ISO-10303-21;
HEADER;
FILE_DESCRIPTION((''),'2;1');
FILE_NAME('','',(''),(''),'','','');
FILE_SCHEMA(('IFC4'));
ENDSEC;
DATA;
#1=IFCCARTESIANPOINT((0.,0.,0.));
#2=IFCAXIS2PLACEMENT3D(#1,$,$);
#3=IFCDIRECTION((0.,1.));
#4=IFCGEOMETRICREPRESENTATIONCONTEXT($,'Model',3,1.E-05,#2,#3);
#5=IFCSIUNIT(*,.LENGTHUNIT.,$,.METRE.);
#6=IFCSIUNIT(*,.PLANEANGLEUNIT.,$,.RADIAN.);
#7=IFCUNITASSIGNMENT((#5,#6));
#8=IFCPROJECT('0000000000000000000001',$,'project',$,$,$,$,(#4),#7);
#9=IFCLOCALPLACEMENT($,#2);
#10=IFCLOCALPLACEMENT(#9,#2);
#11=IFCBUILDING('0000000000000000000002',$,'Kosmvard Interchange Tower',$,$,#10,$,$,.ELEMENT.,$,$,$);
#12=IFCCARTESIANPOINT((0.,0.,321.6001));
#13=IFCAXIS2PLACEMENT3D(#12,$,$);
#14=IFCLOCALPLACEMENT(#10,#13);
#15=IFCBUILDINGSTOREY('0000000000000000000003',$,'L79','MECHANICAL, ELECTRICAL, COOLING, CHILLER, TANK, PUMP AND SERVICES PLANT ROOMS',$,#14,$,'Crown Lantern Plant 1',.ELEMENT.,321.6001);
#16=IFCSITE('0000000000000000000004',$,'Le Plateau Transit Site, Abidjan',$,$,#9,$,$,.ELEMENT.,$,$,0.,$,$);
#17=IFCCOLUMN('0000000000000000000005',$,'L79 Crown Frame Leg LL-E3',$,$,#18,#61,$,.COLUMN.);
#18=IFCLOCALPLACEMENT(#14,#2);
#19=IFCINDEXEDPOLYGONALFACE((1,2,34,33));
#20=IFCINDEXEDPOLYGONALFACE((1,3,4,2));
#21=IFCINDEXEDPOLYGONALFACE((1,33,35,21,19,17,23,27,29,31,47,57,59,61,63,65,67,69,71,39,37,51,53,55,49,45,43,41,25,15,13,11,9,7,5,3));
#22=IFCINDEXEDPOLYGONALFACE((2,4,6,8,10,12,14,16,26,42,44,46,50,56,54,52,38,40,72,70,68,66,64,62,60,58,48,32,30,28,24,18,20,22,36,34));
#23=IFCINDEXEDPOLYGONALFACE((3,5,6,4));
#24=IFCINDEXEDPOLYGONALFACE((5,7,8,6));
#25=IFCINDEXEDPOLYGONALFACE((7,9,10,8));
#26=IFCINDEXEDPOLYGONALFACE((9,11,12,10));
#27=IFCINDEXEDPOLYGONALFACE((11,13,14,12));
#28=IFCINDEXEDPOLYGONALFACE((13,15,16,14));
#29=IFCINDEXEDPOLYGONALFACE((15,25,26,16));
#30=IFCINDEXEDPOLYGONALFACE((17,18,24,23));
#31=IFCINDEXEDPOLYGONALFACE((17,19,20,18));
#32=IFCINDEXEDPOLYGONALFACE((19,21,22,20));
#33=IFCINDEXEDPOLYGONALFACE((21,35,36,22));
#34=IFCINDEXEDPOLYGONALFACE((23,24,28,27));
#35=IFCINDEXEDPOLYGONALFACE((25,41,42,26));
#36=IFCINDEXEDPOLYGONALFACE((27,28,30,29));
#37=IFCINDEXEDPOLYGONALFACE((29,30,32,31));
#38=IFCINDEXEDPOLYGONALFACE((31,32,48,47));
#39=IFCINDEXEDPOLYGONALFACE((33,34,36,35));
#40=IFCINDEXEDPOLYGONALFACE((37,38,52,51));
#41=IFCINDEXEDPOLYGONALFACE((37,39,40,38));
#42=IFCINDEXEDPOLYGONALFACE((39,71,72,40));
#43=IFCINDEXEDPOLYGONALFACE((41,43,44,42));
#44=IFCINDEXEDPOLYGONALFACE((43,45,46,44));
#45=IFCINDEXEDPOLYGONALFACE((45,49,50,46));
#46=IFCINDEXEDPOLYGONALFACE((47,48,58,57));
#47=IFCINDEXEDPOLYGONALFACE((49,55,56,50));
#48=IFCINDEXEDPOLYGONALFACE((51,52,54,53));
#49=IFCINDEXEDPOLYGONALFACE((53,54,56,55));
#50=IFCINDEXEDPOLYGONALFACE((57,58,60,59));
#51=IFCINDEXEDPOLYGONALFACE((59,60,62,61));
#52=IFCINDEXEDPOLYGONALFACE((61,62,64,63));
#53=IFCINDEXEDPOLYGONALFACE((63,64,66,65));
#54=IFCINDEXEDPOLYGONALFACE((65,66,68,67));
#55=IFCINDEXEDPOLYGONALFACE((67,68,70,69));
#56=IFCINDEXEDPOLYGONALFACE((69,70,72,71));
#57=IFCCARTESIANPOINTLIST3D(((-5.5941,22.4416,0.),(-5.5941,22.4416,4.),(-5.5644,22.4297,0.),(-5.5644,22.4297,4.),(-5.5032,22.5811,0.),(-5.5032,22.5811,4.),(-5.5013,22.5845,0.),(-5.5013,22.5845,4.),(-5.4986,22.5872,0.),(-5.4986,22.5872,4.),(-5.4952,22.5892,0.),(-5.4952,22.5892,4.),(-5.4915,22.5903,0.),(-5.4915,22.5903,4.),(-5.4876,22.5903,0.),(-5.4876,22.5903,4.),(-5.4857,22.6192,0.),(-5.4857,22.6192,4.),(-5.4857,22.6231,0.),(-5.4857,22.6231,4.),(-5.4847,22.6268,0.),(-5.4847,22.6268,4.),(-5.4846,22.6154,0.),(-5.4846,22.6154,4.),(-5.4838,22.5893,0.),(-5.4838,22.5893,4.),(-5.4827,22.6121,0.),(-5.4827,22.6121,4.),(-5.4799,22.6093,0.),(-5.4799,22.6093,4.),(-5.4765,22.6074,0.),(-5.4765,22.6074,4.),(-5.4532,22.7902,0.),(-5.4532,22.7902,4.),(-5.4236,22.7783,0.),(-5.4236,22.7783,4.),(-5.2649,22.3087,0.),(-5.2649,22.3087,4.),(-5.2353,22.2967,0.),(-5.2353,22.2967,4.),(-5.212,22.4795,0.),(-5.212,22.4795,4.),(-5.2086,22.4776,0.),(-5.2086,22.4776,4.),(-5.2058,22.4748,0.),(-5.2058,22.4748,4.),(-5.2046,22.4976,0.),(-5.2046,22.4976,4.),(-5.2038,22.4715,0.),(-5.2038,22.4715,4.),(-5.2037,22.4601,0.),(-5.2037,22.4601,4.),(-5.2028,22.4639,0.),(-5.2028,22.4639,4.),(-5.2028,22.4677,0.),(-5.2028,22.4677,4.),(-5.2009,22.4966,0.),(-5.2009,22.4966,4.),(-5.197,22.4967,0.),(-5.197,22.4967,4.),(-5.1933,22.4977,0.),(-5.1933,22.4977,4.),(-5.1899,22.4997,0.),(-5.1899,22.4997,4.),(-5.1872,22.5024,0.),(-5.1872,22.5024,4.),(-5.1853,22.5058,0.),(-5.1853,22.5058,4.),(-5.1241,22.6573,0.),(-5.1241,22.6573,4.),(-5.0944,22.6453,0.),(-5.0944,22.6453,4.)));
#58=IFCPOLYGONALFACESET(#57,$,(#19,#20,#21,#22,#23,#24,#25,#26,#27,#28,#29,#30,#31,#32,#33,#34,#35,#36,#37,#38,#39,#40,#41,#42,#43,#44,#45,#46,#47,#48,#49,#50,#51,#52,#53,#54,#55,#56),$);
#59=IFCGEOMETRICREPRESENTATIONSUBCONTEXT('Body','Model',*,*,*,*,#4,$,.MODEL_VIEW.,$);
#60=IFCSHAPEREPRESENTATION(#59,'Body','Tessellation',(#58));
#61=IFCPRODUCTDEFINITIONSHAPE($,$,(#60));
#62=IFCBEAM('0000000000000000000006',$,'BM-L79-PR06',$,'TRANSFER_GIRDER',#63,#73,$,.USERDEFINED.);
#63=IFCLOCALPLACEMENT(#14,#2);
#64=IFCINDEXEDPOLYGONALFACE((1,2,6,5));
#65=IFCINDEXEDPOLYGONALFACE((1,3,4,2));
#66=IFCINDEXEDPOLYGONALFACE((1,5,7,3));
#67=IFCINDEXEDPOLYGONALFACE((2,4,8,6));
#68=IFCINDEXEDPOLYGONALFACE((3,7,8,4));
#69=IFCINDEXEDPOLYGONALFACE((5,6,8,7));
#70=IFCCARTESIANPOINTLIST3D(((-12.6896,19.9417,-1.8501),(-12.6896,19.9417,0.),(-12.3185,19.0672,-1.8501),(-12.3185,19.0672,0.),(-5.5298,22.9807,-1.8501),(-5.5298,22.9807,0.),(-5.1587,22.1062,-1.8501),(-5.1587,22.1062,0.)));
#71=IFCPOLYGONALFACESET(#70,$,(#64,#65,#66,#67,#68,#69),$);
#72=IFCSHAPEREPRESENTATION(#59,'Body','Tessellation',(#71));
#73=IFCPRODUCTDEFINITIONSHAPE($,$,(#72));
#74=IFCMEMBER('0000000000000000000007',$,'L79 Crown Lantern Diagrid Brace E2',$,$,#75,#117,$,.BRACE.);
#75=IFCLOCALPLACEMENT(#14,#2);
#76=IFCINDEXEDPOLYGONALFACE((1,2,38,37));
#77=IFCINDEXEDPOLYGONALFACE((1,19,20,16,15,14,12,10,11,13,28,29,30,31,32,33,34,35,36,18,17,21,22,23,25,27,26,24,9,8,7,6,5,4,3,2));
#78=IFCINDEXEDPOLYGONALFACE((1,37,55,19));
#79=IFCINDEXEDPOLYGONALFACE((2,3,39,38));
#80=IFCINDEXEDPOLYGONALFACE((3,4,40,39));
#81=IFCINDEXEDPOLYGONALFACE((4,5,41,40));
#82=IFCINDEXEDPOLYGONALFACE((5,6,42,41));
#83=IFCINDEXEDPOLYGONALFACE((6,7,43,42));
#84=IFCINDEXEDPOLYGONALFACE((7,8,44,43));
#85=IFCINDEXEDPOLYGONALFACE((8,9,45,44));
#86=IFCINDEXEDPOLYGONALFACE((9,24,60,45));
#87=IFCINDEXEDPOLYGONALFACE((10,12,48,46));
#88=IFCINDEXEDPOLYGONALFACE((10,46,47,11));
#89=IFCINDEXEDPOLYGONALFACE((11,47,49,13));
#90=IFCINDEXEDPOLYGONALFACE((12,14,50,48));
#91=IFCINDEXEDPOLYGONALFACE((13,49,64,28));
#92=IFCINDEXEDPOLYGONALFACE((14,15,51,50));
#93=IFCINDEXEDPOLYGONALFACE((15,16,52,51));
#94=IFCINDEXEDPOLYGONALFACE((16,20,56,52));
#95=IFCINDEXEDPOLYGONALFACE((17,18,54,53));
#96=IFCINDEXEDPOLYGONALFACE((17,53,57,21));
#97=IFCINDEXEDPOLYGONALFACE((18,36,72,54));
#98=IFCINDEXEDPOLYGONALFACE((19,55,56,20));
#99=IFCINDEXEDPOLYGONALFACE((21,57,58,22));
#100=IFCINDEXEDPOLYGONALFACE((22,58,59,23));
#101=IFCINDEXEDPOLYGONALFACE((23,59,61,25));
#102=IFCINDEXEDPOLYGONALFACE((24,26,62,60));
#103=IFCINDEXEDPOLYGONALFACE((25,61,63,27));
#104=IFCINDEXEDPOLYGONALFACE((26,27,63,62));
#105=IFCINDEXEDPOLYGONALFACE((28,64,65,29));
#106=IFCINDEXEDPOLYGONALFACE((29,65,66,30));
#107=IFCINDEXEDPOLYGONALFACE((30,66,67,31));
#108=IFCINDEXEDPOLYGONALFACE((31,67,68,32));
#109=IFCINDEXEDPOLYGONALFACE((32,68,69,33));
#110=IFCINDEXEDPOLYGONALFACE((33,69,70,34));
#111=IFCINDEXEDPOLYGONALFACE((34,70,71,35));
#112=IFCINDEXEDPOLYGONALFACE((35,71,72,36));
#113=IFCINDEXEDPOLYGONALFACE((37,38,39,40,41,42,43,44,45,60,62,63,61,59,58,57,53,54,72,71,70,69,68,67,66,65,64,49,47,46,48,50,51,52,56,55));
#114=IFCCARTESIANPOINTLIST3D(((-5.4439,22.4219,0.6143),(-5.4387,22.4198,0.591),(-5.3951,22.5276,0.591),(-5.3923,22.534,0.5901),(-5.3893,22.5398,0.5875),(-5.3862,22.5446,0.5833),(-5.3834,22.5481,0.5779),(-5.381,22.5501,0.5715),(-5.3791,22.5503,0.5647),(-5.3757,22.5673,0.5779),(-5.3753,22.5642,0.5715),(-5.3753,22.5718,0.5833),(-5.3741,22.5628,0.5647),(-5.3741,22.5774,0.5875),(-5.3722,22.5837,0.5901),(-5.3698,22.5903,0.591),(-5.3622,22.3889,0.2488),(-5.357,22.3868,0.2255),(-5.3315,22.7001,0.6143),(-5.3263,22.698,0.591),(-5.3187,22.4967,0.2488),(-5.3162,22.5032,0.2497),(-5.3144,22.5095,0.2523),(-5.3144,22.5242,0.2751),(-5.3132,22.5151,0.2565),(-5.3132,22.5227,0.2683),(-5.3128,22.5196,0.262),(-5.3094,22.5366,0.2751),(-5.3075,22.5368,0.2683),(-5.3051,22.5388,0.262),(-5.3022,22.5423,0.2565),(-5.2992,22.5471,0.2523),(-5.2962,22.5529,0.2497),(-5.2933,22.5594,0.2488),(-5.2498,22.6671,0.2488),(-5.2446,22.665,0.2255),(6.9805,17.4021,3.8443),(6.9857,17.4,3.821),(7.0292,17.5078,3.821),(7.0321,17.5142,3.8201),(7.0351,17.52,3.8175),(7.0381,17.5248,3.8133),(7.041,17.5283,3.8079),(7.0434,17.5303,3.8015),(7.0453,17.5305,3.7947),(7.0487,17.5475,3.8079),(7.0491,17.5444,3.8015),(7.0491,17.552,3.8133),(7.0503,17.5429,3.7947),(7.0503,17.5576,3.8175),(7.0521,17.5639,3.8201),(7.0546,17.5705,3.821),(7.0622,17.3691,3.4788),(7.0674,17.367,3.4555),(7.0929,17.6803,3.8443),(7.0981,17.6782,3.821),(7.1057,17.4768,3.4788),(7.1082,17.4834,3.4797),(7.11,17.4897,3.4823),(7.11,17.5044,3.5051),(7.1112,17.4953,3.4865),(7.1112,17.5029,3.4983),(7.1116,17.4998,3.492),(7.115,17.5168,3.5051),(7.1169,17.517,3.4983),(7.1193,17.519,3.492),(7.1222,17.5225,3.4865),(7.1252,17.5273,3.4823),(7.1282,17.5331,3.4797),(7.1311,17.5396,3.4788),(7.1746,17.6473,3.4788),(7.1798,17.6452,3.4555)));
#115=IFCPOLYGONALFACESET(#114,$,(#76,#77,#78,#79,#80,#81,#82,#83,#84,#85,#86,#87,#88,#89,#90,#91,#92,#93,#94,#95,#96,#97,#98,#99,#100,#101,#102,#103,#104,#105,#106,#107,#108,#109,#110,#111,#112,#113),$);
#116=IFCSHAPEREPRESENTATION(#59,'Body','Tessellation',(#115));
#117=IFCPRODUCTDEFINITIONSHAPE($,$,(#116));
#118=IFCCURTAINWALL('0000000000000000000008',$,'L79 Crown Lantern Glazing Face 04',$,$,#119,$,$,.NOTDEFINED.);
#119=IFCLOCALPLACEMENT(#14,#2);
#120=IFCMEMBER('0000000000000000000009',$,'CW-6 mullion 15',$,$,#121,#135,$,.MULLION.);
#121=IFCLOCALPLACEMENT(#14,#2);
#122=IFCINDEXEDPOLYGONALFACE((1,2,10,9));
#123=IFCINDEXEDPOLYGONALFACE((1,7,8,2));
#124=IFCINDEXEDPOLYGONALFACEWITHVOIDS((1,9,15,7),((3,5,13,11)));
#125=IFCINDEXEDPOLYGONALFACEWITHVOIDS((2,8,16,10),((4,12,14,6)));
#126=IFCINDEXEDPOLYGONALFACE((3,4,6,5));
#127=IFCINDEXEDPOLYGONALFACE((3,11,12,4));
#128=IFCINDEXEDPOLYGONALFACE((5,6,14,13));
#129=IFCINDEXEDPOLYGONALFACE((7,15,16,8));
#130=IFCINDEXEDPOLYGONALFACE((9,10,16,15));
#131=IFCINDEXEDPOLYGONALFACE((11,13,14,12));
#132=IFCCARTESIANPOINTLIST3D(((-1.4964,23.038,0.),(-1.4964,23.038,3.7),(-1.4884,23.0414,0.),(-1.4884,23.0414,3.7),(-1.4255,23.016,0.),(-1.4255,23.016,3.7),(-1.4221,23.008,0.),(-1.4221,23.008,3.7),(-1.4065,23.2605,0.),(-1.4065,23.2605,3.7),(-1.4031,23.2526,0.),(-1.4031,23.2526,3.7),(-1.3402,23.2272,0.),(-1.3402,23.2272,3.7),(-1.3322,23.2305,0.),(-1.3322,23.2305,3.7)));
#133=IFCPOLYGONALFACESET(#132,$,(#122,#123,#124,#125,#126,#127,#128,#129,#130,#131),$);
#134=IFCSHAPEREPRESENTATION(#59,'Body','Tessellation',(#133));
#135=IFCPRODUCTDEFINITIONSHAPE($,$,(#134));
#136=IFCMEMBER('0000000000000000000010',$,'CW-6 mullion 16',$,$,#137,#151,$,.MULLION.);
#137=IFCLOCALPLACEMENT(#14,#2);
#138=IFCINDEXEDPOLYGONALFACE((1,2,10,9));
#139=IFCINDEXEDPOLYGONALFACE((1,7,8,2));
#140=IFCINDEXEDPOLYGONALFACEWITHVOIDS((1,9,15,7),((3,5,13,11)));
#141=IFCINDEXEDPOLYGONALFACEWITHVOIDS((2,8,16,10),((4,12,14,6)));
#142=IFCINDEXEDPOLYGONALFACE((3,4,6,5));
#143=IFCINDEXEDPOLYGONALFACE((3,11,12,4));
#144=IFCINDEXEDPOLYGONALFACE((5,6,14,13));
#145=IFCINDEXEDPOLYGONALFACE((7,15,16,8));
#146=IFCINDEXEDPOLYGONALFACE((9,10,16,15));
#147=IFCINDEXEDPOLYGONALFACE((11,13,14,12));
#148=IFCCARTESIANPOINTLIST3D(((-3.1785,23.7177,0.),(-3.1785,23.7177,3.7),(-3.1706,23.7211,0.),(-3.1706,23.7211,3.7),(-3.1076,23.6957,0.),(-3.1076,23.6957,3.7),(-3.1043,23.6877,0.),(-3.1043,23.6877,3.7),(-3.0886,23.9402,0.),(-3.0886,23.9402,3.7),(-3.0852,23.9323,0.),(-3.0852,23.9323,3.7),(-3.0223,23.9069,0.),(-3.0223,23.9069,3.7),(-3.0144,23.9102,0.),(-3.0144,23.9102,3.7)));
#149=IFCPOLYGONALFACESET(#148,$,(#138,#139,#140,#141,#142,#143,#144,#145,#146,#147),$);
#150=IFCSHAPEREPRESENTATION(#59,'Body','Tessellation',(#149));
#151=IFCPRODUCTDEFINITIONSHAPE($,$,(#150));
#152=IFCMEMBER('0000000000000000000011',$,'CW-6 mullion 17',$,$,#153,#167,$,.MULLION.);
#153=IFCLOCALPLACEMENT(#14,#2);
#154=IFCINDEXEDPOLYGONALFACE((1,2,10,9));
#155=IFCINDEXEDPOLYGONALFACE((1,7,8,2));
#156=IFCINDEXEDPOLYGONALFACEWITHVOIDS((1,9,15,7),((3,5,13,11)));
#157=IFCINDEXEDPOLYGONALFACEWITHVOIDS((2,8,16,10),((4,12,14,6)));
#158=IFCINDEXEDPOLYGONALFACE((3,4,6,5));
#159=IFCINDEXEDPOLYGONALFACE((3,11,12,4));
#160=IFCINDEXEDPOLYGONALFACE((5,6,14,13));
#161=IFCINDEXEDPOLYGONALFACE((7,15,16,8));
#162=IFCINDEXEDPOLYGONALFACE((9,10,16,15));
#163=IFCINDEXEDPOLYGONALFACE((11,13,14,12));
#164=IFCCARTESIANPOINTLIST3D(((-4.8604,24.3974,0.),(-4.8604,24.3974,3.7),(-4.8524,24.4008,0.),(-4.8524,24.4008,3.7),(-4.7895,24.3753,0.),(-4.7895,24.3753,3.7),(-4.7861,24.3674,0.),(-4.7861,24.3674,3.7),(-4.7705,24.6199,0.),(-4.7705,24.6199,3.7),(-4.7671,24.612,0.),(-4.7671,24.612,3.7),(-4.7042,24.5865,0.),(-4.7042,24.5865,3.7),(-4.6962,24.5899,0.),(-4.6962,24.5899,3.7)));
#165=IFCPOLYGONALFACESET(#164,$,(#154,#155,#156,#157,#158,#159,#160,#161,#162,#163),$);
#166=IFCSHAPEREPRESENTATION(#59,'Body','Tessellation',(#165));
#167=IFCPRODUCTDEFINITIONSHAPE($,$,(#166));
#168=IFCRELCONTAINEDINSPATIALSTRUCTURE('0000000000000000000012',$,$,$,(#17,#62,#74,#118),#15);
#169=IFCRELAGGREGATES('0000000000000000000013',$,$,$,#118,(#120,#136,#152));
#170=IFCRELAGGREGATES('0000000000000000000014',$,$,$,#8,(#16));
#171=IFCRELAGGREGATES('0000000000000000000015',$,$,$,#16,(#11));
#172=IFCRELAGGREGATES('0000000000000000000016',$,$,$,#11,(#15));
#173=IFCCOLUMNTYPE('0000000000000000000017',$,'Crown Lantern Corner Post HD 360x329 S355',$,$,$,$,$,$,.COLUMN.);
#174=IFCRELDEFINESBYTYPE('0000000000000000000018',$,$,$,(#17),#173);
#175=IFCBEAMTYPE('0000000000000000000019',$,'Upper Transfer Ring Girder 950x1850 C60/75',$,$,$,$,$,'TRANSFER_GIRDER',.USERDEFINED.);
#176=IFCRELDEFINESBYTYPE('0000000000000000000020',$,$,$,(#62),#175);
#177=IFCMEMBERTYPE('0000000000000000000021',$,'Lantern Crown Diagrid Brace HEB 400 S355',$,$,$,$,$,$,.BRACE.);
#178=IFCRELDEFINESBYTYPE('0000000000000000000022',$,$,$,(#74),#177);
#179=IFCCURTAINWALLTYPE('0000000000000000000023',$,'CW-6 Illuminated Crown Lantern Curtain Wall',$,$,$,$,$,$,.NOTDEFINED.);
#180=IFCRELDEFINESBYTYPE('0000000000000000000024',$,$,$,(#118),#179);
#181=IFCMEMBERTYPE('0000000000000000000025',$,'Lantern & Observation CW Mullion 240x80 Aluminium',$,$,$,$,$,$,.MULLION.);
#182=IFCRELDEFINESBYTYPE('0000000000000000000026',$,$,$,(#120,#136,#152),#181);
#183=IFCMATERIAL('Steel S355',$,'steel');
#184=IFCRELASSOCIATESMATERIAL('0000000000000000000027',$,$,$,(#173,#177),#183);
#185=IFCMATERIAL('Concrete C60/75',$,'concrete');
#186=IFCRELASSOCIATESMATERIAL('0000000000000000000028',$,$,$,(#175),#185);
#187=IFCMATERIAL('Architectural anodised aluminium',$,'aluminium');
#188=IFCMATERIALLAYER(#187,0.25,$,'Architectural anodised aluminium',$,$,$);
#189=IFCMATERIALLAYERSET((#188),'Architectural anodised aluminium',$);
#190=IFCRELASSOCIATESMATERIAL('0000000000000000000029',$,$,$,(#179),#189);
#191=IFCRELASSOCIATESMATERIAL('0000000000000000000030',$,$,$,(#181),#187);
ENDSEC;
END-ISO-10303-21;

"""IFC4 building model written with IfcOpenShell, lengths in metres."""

from ifc_helpers import new_model, si_unit, direction, frame, origin, origin_2d, place, context, subcontext, project, spatial, rectangle, hollow_rectangle, i_section, extrude, source, transform, mapped, material, layer, layer_set, material_profile, profile_set, type_object, element, aggregate, save


model = new_model("IFC4")

# Units and contexts
model_context = context("Model", 3, precision=1e-05, world=origin(), true_north=direction((0.0, 1.0)))
body_context = subcontext(model_context, "Body", "Model", "MODEL_VIEW")
ifc_project = project(units=[si_unit("LENGTHUNIT", "METRE"), si_unit("PLANEANGLEUNIT", "RADIAN")], contexts=[model_context])

# Site, building, storey
site_placement = place(None, origin())
site = spatial("IfcSite", under=ifc_project, at=site_placement, Name="Le Plateau Transit Site, Abidjan", CompositionType="ELEMENT", RefElevation=0.0)
building_placement = place(site_placement, origin())
building = spatial("IfcBuilding", under=site, at=building_placement, Name="Kosmvard Interchange Tower", CompositionType="ELEMENT")
storey_placement = place(building_placement, frame((0.0, 0.0, 321.6001)))
storey = spatial("IfcBuildingStorey", under=building, at=storey_placement, Name="L79", Description="MECHANICAL, ELECTRICAL, COOLING, CHILLER, TANK, PUMP AND SERVICES PLANT ROOMS", LongName="Crown Lantern Plant 1", CompositionType="ELEMENT", Elevation=321.6001)

# Column
ifc_material_1 = material(Name="Steel S355", Category="steel")
ifc_material_profile_1 = material_profile(ifc_material_1, i_section(OverallWidth=0.376, OverallDepth=0.387, WebThickness=0.0195, FlangeThickness=0.032, FilletRadius=0.0149, at=origin_2d()), Name="HD 360x329")
ifc_profile_set_1 = profile_set([ifc_material_profile_1], Name="Steel S355")
column_type = type_object("IfcColumnType", Name="Crown Lantern Corner Post HD 360x329 S355", PredefinedType="COLUMN", material=ifc_profile_set_1)
shared_shape_1 = source(origin(), body_context, "Body", "SweptSolid", [
    extrude(i_section(OverallWidth=0.376, OverallDepth=0.387, WebThickness=0.0195, FlangeThickness=0.032, FilletRadius=0.0149, at=origin_2d()), origin(), (0.0, 0.0, 1.0), 4.0),
])
column_placement = place(storey_placement, frame((-5.3442, 22.5435, 0.0), z_axis=(0.0, 0.0, 1.0), x_axis=(0.374607, 0.927184, 0.0)))
element("IfcColumn", 1, at=column_placement, inside=storey, type_object=column_type, Name="L79 Crown Frame Leg LL-E3", PredefinedType="COLUMN", context=body_context, shape_type="MappedRepresentation", body=[
    mapped(shared_shape_1, transform((0.0, 0.0, 0.0), scale=1.0)),
])

# Beam
ifc_material_2 = material(Name="Concrete C60/75", Category="concrete")
ifc_material_profile_2 = material_profile(ifc_material_2, rectangle(XDim=0.95, YDim=1.8501, at=origin_2d()), Name="TG 950x1850")
ifc_profile_set_2 = profile_set([ifc_material_profile_2], Name="Concrete C60/75")
beam_type = type_object("IfcBeamType", Name="Upper Transfer Ring Girder 950x1850 C60/75", ElementType="TRANSFER_GIRDER", PredefinedType="USERDEFINED", material=ifc_profile_set_2)
shared_shape_2 = source(origin(), body_context, "Body", "SweptSolid", [
    extrude(rectangle(XDim=0.95, YDim=1.8501, at=origin_2d()), origin(), (0.0, 0.0, 1.0), 7.7781),
])
beam_placement = place(storey_placement, frame((-5.3442, 22.5435, -0.925), z_axis=(-0.920511, -0.390716, 0.0), x_axis=(0.390716, -0.920511, 0.0)))
element("IfcBeam", 2, at=beam_placement, inside=storey, type_object=beam_type, Name="BM-L79-PR06", ObjectType="TRANSFER_GIRDER", PredefinedType="USERDEFINED", context=body_context, shape_type="MappedRepresentation", body=[
    mapped(shared_shape_2, transform((0.0, 0.0, 0.0), scale=1.0)),
])

# Member
ifc_material_profile_3 = material_profile(ifc_material_1, i_section(OverallWidth=0.3, OverallDepth=0.3999, WebThickness=0.0134, FlangeThickness=0.0239, FilletRadius=0.0271, at=origin_2d()), Name="HEB 400")
ifc_profile_set_3 = profile_set([ifc_material_profile_3], Name="Steel S355")
member_type_1 = type_object("IfcMemberType", Name="Lantern Crown Diagrid Brace HEB 400 S355", PredefinedType="BRACE", material=ifc_profile_set_3)
shared_shape_3 = source(origin(), body_context, "Body", "SweptSolid", [
    extrude(i_section(OverallWidth=0.3, OverallDepth=0.3999, WebThickness=0.0134, FlangeThickness=0.0239, FilletRadius=0.0271, at=origin_2d()), origin(), (0.0, 0.0, 1.0), 13.7839),
])
member_1_placement = place(storey_placement, frame((-5.3442, 22.5435, 0.4199), z_axis=(0.901368, -0.364178, 0.234331), x_axis=(0.374608, 0.927183, 0.0)))
element("IfcMember", 3, at=member_1_placement, inside=storey, type_object=member_type_1, Name="L79 Crown Lantern Diagrid Brace E2", PredefinedType="BRACE", context=body_context, shape_type="MappedRepresentation", body=[
    mapped(shared_shape_3, transform((0.0, 0.0, 0.0), scale=1.0)),
])

# Curtain wall, members
ifc_material_3 = material(Name="Architectural anodised aluminium", Category="aluminium")
ifc_layer_1 = layer(ifc_material_3, 0.25, Name="Architectural anodised aluminium")
ifc_layer_set_1 = layer_set([ifc_layer_1], Name="Architectural anodised aluminium")
curtain_wall_type = type_object("IfcCurtainWallType", Name="CW-6 Illuminated Crown Lantern Curtain Wall", PredefinedType="NOTDEFINED", material=ifc_layer_set_1)
curtain_wall_placement = place(storey_placement, origin())
curtain_wall = element("IfcCurtainWall", 4, at=curtain_wall_placement, inside=storey, type_object=curtain_wall_type, Name="L79 Crown Lantern Glazing Face 04", PredefinedType="NOTDEFINED")
ifc_material_profile_4 = material_profile(ifc_material_3, hollow_rectangle(XDim=0.24, YDim=0.0801, WallThickness=0.0061, at=origin_2d()), Name="CWM 240x80x6")
ifc_profile_set_4 = profile_set([ifc_material_profile_4], Name="Architectural anodised aluminium")
member_type_2 = type_object("IfcMemberType", Name="Lantern & Observation CW Mullion 240x80 Aluminium", PredefinedType="MULLION", material=ifc_profile_set_4)
shared_shape_4 = source(origin(), body_context, "Body", "SweptSolid", [
    extrude(hollow_rectangle(XDim=0.24, YDim=0.0801, WallThickness=0.0061, at=origin_2d()), origin(), (0.0, 0.0, 1.0), 3.7),
])
member_2_placement = place(storey_placement, frame((-1.4143, 23.1343, 0.0), z_axis=(0.0, 0.0, 1.0), x_axis=(-0.374607, -0.927184, 0.0)))
member_2 = element("IfcMember", 5, at=member_2_placement, type_object=member_type_2, Name="CW-6 mullion 15", PredefinedType="MULLION", context=body_context, shape_type="MappedRepresentation", body=[
    mapped(shared_shape_4, transform((0.0, 0.0, 0.0), scale=1.0)),
])
member_3_placement = place(storey_placement, frame((-3.0964, 23.814, 0.0), z_axis=(0.0, 0.0, 1.0), x_axis=(-0.374607, -0.927184, 0.0)))
member_3 = element("IfcMember", 6, at=member_3_placement, type_object=member_type_2, Name="CW-6 mullion 16", PredefinedType="MULLION", context=body_context, shape_type="MappedRepresentation", body=[
    mapped(shared_shape_4, transform((0.0, 0.0, 0.0), scale=1.0)),
])
member_4_placement = place(storey_placement, frame((-4.7783, 24.4937, 0.0), z_axis=(0.0, 0.0, 1.0), x_axis=(-0.374607, -0.927184, 0.0)))
member_4 = element("IfcMember", 7, at=member_4_placement, type_object=member_type_2, Name="CW-6 mullion 17", PredefinedType="MULLION", context=body_context, shape_type="MappedRepresentation", body=[
    mapped(shared_shape_4, transform((0.0, 0.0, 0.0), scale=1.0)),
])

aggregate(curtain_wall, [member_2, member_3, member_4])

save(model, "model.ifc")
